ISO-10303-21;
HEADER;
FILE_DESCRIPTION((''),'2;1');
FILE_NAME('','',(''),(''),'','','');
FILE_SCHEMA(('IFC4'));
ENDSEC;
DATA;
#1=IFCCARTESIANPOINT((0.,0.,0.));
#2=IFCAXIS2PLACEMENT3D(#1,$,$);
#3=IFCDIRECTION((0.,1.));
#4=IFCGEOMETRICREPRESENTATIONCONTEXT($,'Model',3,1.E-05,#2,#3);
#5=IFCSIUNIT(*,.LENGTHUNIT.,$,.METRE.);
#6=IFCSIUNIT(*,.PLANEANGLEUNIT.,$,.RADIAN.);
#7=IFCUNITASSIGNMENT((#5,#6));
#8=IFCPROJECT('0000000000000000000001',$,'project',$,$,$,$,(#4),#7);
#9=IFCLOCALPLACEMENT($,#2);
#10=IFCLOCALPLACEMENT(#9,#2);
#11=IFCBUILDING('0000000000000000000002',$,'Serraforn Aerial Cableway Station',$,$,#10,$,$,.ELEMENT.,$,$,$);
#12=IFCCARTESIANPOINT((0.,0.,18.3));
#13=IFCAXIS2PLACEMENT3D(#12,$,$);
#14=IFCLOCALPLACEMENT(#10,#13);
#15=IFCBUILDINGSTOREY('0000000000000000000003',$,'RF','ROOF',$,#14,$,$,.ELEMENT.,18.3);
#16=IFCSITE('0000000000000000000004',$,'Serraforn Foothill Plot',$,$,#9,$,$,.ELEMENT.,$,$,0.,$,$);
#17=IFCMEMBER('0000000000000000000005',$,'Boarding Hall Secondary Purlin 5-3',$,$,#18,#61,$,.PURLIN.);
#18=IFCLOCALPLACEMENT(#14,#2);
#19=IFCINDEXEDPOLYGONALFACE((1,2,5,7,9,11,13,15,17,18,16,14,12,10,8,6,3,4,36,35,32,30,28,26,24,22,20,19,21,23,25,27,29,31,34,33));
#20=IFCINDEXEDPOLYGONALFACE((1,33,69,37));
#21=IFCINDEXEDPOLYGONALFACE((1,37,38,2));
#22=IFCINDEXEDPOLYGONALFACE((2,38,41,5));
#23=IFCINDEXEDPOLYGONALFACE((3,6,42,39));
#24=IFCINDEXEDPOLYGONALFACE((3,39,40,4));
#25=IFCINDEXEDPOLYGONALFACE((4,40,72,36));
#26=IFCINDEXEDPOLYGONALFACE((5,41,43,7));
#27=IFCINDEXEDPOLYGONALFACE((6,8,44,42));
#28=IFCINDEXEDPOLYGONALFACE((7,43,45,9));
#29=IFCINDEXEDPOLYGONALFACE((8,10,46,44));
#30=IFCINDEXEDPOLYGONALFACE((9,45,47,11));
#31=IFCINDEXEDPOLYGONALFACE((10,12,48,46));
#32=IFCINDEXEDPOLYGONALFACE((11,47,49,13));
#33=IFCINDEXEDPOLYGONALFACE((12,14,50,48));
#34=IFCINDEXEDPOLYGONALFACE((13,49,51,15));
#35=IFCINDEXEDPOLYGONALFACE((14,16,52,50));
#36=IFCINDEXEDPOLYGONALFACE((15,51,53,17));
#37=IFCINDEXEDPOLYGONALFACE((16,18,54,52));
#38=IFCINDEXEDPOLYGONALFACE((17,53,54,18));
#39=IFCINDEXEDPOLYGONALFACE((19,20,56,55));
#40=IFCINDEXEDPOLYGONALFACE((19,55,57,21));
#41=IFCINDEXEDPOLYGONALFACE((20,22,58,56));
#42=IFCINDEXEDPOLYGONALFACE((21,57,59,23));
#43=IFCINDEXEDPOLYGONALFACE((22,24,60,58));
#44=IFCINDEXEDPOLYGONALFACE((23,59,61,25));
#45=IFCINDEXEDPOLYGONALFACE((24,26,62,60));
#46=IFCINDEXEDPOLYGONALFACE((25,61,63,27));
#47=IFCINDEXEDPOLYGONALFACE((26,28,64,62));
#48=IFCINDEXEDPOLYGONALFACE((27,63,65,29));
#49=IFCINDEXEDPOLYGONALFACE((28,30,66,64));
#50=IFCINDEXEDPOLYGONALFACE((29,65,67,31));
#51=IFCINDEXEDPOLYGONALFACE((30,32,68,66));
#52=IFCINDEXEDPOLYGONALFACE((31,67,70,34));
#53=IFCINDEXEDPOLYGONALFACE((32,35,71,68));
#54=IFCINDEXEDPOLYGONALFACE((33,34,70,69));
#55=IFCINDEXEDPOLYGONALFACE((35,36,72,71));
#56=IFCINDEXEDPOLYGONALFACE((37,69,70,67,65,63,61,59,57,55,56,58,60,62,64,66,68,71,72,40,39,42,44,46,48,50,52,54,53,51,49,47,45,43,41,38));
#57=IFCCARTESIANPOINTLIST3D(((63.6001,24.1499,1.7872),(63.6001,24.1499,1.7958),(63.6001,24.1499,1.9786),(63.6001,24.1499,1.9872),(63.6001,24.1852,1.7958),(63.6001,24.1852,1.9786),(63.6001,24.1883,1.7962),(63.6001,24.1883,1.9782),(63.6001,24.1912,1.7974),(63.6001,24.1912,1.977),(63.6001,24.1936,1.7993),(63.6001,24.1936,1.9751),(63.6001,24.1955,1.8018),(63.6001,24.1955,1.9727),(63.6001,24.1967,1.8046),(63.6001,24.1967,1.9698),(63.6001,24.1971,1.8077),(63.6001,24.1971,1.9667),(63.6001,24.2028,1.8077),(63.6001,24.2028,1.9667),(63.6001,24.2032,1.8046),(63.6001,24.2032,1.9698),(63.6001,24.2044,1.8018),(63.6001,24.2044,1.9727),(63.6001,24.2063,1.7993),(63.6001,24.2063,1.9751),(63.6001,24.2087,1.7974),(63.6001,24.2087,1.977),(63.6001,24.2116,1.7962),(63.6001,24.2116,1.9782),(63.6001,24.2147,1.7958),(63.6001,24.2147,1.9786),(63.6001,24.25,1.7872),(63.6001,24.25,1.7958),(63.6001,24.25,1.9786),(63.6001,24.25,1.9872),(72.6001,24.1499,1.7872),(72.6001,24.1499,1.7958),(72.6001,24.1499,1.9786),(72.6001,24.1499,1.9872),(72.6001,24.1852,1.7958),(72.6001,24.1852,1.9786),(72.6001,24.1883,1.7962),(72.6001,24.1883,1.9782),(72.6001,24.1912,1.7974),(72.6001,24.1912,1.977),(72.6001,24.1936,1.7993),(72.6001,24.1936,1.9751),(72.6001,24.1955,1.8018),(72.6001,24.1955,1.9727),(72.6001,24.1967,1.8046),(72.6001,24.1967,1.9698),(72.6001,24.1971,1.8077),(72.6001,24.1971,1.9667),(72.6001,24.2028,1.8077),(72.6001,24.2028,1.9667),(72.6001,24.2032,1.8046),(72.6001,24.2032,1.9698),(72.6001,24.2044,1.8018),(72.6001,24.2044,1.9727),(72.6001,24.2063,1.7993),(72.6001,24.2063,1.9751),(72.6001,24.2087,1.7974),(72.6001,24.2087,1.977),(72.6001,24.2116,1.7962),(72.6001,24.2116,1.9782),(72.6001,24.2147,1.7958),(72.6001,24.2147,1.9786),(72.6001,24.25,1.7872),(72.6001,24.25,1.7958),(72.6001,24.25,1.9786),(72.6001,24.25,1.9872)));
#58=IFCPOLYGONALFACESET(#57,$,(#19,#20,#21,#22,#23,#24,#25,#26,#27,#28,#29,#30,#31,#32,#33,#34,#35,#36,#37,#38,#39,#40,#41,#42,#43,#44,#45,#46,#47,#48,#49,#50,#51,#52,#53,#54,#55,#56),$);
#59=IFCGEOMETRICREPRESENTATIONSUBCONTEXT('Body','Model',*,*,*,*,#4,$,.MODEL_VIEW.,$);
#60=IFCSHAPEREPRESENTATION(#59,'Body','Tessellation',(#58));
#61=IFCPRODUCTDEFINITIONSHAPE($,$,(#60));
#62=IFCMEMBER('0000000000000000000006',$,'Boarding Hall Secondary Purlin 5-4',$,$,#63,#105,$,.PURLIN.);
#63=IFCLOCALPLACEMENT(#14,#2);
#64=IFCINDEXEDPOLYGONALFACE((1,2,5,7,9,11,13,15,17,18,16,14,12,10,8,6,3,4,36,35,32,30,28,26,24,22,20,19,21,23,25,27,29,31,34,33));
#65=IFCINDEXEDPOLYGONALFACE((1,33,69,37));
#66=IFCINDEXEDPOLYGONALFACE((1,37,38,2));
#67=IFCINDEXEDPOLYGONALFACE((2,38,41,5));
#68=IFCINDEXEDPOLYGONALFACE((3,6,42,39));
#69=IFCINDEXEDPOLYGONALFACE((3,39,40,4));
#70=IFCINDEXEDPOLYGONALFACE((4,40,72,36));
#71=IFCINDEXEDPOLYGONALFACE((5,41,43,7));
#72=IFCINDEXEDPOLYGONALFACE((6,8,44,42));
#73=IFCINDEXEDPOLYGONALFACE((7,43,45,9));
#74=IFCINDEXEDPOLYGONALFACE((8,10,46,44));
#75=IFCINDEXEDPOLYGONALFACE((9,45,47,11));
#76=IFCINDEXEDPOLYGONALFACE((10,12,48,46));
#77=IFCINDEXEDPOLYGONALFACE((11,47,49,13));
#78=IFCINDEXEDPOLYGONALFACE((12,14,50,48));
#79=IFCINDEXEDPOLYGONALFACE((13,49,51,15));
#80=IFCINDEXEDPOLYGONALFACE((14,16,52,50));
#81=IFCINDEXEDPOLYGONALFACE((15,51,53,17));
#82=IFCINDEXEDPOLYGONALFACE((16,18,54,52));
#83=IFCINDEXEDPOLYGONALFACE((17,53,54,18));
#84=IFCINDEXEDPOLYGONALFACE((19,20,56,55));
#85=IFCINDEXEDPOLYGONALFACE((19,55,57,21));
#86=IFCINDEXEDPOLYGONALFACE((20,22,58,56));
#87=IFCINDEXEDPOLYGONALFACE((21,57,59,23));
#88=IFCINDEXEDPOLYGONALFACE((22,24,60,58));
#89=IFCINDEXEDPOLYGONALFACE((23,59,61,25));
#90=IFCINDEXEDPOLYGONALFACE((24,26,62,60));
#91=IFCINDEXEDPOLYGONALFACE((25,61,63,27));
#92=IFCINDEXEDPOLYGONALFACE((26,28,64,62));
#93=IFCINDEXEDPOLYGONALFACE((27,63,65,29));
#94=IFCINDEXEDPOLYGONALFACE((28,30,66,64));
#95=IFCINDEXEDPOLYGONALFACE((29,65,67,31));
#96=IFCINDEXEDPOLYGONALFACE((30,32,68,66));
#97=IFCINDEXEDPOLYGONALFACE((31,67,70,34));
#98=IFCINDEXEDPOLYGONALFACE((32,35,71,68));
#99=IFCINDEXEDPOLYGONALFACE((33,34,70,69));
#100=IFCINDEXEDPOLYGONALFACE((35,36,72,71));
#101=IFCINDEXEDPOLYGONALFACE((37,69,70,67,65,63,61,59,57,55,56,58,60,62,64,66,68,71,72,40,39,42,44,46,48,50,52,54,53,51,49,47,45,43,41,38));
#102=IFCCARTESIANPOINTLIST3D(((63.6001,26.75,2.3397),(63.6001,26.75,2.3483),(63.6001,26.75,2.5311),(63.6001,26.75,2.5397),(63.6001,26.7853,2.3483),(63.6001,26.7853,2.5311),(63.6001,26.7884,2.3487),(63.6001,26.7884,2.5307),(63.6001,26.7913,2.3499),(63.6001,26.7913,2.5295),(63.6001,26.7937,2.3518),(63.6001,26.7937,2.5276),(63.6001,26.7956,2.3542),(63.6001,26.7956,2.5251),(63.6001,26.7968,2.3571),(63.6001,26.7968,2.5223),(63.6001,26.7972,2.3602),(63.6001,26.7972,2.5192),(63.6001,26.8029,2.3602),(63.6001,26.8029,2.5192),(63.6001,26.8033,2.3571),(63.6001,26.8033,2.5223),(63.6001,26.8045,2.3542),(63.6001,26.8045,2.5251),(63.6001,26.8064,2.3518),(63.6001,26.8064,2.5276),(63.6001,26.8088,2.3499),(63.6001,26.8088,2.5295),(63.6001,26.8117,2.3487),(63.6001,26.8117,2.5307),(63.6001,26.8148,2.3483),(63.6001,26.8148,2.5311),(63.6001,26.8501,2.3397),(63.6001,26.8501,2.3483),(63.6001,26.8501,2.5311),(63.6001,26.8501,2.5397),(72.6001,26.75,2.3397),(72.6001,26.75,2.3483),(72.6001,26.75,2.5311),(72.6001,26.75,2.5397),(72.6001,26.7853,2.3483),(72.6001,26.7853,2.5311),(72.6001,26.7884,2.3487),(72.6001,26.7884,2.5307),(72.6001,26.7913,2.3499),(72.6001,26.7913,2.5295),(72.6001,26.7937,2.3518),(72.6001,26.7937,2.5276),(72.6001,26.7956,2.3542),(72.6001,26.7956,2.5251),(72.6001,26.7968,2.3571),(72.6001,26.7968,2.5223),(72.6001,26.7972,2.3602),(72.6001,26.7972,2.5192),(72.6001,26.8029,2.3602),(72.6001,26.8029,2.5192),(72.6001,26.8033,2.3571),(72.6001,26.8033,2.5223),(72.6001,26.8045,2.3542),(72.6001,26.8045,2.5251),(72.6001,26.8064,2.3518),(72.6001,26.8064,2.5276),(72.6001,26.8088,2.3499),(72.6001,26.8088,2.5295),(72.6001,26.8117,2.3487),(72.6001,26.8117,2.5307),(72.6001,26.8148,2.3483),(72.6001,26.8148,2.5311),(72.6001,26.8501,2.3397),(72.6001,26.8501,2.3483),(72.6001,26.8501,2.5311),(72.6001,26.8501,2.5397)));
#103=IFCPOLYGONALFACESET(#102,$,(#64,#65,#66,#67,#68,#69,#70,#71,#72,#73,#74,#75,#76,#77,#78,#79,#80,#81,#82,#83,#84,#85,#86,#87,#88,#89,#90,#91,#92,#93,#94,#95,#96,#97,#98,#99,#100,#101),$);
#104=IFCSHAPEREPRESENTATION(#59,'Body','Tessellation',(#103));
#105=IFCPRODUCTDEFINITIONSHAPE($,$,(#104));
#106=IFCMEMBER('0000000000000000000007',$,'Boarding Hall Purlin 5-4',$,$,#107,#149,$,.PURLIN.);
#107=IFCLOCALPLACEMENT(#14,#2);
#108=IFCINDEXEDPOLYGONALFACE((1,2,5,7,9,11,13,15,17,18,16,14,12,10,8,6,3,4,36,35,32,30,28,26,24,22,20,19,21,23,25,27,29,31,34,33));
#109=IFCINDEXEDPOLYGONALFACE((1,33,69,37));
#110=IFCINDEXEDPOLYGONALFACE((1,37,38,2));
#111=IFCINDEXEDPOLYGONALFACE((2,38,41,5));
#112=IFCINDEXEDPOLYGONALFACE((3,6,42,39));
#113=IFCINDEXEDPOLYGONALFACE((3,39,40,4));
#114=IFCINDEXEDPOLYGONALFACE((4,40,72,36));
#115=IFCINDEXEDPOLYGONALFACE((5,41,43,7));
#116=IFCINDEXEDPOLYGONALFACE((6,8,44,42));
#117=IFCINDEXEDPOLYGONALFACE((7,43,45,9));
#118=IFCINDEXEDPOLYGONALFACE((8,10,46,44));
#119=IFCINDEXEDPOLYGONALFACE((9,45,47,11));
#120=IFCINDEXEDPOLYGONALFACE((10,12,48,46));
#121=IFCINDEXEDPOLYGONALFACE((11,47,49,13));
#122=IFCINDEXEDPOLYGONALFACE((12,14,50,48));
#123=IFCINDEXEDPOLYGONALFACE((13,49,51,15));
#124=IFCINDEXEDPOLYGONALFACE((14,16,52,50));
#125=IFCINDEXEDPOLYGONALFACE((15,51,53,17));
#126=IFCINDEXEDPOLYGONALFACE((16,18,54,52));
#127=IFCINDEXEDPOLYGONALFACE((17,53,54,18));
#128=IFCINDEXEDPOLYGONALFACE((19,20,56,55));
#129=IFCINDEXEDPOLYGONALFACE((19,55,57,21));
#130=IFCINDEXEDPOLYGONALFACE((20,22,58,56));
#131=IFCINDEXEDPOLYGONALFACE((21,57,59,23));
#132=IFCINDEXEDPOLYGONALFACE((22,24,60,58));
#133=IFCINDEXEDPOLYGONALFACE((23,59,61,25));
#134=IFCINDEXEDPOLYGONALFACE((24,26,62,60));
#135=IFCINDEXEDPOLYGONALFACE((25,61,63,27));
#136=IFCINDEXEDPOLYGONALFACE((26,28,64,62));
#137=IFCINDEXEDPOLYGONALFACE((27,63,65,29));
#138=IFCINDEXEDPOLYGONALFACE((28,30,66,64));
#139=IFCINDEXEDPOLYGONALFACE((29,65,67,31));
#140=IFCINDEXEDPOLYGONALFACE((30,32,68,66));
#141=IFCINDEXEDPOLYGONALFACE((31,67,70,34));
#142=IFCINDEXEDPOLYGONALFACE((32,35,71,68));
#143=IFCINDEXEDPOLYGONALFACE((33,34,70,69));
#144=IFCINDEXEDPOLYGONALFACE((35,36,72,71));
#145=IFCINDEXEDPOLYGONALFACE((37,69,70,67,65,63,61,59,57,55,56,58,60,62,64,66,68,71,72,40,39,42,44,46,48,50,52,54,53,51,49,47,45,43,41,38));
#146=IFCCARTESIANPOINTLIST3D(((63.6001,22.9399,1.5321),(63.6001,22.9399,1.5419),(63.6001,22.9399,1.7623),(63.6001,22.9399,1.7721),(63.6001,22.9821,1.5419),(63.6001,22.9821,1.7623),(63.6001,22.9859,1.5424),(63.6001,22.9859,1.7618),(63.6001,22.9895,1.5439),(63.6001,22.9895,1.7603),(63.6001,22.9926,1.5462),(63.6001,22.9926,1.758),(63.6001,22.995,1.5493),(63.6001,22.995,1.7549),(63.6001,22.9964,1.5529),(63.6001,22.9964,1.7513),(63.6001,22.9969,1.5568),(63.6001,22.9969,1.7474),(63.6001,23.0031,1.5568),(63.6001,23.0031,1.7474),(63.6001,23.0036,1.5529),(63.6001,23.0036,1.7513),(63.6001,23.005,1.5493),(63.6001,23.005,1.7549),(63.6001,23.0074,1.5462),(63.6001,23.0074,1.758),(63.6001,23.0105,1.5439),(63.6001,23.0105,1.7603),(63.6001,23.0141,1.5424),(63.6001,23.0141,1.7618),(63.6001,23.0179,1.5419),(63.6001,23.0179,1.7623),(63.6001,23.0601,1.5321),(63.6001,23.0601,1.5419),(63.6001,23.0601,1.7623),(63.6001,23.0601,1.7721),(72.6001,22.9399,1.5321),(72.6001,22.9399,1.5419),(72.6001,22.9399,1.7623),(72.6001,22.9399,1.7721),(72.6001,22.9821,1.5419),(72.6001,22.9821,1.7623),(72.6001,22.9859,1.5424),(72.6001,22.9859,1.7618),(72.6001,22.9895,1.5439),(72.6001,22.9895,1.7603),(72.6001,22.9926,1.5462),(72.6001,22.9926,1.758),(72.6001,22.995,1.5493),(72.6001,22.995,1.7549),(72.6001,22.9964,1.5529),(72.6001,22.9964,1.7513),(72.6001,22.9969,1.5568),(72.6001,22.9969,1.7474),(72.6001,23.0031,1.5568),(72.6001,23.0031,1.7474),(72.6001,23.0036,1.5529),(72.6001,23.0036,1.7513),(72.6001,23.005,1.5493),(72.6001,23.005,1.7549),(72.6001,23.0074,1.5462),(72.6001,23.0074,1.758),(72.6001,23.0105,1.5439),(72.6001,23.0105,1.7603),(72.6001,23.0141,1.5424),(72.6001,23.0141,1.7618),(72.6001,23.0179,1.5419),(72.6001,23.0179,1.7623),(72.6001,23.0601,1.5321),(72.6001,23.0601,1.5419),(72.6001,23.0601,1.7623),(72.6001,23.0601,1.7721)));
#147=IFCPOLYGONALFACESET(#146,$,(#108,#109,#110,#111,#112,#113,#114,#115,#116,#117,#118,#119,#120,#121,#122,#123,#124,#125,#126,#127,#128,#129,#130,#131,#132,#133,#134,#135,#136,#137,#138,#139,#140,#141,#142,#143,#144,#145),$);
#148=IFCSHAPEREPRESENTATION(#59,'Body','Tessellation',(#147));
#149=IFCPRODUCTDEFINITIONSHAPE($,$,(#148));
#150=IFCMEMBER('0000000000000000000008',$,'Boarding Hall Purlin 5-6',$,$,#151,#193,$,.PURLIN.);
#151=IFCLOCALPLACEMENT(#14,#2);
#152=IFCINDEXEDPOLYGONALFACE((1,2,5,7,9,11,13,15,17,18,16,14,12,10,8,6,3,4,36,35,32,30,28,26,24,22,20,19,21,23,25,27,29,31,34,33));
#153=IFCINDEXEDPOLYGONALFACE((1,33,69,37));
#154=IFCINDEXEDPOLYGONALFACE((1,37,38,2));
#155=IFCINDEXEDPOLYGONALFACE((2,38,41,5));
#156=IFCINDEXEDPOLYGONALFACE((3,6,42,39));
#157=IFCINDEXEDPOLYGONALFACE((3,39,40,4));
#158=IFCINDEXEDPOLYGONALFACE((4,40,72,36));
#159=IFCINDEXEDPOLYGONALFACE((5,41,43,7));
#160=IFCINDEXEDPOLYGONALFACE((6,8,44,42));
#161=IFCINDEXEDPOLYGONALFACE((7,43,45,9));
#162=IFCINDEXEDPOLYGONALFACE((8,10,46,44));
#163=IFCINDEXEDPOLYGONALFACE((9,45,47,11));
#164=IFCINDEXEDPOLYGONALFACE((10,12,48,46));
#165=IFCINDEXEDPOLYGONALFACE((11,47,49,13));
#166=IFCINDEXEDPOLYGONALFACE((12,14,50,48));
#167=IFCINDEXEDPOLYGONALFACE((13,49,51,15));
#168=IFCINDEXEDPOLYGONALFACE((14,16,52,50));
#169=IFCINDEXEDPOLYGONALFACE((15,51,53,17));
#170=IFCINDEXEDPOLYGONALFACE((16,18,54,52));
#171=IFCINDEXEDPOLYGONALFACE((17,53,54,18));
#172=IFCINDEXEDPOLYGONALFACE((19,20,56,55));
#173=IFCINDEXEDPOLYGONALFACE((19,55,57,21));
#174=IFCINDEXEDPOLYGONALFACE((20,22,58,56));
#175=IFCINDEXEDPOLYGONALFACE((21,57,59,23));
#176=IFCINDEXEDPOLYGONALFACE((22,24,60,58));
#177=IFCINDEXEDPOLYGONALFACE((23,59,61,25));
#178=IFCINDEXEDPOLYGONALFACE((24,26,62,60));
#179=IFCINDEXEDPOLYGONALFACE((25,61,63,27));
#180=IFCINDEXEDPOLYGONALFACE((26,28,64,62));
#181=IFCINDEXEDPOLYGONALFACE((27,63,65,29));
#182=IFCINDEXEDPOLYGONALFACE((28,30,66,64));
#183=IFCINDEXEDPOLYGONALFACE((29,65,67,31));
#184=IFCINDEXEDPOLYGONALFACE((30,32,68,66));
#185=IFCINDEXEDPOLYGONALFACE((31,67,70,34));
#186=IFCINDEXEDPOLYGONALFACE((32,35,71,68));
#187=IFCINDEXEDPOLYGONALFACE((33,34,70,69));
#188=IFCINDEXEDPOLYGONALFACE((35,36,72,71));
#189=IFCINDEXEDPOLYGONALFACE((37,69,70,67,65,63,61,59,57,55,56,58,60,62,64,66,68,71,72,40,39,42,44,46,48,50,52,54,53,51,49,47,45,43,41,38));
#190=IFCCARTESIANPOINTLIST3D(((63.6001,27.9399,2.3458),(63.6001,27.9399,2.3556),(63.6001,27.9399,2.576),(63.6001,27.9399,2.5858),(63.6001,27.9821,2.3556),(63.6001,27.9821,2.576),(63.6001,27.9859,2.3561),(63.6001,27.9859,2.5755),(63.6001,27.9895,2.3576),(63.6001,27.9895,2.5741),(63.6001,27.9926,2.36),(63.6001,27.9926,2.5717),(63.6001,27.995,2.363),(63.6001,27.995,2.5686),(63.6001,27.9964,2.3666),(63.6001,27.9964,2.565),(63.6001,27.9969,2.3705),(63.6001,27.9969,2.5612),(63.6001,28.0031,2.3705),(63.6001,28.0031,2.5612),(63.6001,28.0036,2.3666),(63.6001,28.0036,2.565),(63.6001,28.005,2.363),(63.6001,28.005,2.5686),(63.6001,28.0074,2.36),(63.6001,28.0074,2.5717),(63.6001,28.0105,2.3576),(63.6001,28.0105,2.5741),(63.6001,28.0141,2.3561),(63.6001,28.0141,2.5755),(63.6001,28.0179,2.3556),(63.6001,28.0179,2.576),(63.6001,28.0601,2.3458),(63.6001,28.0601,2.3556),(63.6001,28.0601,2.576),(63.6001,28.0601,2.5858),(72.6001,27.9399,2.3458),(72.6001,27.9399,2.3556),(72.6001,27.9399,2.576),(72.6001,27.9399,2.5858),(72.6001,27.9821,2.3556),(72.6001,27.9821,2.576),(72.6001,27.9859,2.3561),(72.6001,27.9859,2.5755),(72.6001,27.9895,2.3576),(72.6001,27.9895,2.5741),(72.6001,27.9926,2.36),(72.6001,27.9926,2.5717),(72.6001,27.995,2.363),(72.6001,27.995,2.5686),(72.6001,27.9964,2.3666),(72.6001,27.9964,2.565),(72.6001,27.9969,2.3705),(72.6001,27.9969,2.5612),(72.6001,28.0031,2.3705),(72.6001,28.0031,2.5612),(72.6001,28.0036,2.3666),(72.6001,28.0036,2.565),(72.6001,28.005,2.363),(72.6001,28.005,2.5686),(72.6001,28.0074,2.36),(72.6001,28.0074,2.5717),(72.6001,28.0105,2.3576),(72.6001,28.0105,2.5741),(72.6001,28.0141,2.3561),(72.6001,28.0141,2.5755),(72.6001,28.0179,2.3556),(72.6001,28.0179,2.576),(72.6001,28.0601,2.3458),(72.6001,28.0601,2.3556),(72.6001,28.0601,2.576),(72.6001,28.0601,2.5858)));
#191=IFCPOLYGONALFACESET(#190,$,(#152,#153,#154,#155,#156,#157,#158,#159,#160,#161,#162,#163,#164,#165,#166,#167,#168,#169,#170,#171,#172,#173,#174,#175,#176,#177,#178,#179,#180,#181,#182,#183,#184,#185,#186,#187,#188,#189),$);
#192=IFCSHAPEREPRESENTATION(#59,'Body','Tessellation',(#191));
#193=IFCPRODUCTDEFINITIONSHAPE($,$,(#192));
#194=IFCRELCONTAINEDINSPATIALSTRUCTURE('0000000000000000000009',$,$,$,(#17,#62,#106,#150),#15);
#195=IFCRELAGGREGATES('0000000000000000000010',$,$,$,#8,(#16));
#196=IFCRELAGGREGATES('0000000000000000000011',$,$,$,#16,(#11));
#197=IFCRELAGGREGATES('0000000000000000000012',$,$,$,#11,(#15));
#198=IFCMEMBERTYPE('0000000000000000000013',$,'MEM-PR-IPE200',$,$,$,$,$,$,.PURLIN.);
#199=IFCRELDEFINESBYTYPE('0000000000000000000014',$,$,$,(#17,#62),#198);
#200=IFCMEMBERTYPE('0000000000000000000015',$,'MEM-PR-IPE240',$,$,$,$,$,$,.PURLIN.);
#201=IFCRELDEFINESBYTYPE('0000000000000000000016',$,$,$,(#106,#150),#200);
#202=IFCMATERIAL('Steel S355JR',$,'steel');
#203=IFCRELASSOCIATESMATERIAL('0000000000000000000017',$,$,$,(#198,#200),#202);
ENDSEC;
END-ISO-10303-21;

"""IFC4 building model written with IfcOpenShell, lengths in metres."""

from ifc_helpers import new_model, si_unit, direction, frame, origin, origin_2d, place, context, subcontext, project, spatial, i_section, extrude, material, material_profile, profile_set, type_object, element, save


model = new_model("IFC4")

# Units and contexts
model_context = context("Model", 3, precision=1e-05, world=origin(), true_north=direction((0.0, 1.0)))
body_context = subcontext(model_context, "Body", "Model", "MODEL_VIEW")
ifc_project = project(units=[si_unit("LENGTHUNIT", "METRE"), si_unit("PLANEANGLEUNIT", "RADIAN")], contexts=[model_context])

# Site, building, storey
site_placement = place(None, origin())
site = spatial("IfcSite", under=ifc_project, at=site_placement, Name="Serraforn Foothill Plot", CompositionType="ELEMENT", RefElevation=0.0)
building_placement = place(site_placement, origin())
building = spatial("IfcBuilding", under=site, at=building_placement, Name="Serraforn Aerial Cableway Station", CompositionType="ELEMENT")
storey_placement = place(building_placement, frame((0.0, 0.0, 18.3)))
storey = spatial("IfcBuildingStorey", under=building, at=storey_placement, Name="RF", Description="ROOF", CompositionType="ELEMENT", Elevation=18.3)

# Members
ifc_material_1 = material(Name="Steel S355JR", Category="steel")
ifc_material_profile_1 = material_profile(ifc_material_1, i_section(OverallWidth=0.1001, OverallDepth=0.2, WebThickness=0.0056, FlangeThickness=0.0085, FilletRadius=0.012, at=origin_2d()), Name="IPE 200")
ifc_profile_set_1 = profile_set([ifc_material_profile_1], Name="Steel S355JR")
member_type_1 = type_object("IfcMemberType", Name="MEM-PR-IPE200", PredefinedType="PURLIN", material=ifc_profile_set_1)
for number, where, z_axis, x_axis, name in (
    (1, (63.6001, 24.2, 1.8872), (1.0, 0.0, 0.0), (0.0, 1.0, 0.0), "Boarding Hall Secondary Purlin 5-3"),
    (2, (63.6001, 26.8, 2.4397), (1.0, 0.0, 0.0), (0.0, 1.0, 0.0), "Boarding Hall Secondary Purlin 5-4"),
):
    element("IfcMember", number, at=place(storey_placement, frame(where, z_axis=z_axis, x_axis=x_axis)), inside=storey, type_object=member_type_1, Name=name, PredefinedType="PURLIN", context=body_context, shape_type="SweptSolid", body=[
        extrude(i_section(OverallWidth=0.1001, OverallDepth=0.2, WebThickness=0.0056, FlangeThickness=0.0085, FilletRadius=0.012, at=origin_2d()), origin(), (0.0, 0.0, 1.0), 9.0),
    ])
ifc_material_profile_2 = material_profile(ifc_material_1, i_section(OverallWidth=0.1201, OverallDepth=0.24, WebThickness=0.0061, FlangeThickness=0.0098, FilletRadius=0.0149, at=origin_2d()), Name="IPE 240")
ifc_profile_set_2 = profile_set([ifc_material_profile_2], Name="Steel S355JR")
member_type_2 = type_object("IfcMemberType", Name="MEM-PR-IPE240", PredefinedType="PURLIN", material=ifc_profile_set_2)
for number, where, z_axis, x_axis, name in (
    (3, (63.6001, 23.0, 1.6521), (1.0, 0.0, 0.0), (0.0, 1.0, 0.0), "Boarding Hall Purlin 5-4"),
    (4, (63.6001, 28.0, 2.4658), (1.0, 0.0, 0.0), (0.0, 1.0, 0.0), "Boarding Hall Purlin 5-6"),
):
    element("IfcMember", number, at=place(storey_placement, frame(where, z_axis=z_axis, x_axis=x_axis)), inside=storey, type_object=member_type_2, Name=name, PredefinedType="PURLIN", context=body_context, shape_type="SweptSolid", body=[
        extrude(i_section(OverallWidth=0.1201, OverallDepth=0.24, WebThickness=0.0061, FlangeThickness=0.0098, FilletRadius=0.0149, at=origin_2d()), origin(), (0.0, 0.0, 1.0), 9.0),
    ])

save(model, "model.ifc")
